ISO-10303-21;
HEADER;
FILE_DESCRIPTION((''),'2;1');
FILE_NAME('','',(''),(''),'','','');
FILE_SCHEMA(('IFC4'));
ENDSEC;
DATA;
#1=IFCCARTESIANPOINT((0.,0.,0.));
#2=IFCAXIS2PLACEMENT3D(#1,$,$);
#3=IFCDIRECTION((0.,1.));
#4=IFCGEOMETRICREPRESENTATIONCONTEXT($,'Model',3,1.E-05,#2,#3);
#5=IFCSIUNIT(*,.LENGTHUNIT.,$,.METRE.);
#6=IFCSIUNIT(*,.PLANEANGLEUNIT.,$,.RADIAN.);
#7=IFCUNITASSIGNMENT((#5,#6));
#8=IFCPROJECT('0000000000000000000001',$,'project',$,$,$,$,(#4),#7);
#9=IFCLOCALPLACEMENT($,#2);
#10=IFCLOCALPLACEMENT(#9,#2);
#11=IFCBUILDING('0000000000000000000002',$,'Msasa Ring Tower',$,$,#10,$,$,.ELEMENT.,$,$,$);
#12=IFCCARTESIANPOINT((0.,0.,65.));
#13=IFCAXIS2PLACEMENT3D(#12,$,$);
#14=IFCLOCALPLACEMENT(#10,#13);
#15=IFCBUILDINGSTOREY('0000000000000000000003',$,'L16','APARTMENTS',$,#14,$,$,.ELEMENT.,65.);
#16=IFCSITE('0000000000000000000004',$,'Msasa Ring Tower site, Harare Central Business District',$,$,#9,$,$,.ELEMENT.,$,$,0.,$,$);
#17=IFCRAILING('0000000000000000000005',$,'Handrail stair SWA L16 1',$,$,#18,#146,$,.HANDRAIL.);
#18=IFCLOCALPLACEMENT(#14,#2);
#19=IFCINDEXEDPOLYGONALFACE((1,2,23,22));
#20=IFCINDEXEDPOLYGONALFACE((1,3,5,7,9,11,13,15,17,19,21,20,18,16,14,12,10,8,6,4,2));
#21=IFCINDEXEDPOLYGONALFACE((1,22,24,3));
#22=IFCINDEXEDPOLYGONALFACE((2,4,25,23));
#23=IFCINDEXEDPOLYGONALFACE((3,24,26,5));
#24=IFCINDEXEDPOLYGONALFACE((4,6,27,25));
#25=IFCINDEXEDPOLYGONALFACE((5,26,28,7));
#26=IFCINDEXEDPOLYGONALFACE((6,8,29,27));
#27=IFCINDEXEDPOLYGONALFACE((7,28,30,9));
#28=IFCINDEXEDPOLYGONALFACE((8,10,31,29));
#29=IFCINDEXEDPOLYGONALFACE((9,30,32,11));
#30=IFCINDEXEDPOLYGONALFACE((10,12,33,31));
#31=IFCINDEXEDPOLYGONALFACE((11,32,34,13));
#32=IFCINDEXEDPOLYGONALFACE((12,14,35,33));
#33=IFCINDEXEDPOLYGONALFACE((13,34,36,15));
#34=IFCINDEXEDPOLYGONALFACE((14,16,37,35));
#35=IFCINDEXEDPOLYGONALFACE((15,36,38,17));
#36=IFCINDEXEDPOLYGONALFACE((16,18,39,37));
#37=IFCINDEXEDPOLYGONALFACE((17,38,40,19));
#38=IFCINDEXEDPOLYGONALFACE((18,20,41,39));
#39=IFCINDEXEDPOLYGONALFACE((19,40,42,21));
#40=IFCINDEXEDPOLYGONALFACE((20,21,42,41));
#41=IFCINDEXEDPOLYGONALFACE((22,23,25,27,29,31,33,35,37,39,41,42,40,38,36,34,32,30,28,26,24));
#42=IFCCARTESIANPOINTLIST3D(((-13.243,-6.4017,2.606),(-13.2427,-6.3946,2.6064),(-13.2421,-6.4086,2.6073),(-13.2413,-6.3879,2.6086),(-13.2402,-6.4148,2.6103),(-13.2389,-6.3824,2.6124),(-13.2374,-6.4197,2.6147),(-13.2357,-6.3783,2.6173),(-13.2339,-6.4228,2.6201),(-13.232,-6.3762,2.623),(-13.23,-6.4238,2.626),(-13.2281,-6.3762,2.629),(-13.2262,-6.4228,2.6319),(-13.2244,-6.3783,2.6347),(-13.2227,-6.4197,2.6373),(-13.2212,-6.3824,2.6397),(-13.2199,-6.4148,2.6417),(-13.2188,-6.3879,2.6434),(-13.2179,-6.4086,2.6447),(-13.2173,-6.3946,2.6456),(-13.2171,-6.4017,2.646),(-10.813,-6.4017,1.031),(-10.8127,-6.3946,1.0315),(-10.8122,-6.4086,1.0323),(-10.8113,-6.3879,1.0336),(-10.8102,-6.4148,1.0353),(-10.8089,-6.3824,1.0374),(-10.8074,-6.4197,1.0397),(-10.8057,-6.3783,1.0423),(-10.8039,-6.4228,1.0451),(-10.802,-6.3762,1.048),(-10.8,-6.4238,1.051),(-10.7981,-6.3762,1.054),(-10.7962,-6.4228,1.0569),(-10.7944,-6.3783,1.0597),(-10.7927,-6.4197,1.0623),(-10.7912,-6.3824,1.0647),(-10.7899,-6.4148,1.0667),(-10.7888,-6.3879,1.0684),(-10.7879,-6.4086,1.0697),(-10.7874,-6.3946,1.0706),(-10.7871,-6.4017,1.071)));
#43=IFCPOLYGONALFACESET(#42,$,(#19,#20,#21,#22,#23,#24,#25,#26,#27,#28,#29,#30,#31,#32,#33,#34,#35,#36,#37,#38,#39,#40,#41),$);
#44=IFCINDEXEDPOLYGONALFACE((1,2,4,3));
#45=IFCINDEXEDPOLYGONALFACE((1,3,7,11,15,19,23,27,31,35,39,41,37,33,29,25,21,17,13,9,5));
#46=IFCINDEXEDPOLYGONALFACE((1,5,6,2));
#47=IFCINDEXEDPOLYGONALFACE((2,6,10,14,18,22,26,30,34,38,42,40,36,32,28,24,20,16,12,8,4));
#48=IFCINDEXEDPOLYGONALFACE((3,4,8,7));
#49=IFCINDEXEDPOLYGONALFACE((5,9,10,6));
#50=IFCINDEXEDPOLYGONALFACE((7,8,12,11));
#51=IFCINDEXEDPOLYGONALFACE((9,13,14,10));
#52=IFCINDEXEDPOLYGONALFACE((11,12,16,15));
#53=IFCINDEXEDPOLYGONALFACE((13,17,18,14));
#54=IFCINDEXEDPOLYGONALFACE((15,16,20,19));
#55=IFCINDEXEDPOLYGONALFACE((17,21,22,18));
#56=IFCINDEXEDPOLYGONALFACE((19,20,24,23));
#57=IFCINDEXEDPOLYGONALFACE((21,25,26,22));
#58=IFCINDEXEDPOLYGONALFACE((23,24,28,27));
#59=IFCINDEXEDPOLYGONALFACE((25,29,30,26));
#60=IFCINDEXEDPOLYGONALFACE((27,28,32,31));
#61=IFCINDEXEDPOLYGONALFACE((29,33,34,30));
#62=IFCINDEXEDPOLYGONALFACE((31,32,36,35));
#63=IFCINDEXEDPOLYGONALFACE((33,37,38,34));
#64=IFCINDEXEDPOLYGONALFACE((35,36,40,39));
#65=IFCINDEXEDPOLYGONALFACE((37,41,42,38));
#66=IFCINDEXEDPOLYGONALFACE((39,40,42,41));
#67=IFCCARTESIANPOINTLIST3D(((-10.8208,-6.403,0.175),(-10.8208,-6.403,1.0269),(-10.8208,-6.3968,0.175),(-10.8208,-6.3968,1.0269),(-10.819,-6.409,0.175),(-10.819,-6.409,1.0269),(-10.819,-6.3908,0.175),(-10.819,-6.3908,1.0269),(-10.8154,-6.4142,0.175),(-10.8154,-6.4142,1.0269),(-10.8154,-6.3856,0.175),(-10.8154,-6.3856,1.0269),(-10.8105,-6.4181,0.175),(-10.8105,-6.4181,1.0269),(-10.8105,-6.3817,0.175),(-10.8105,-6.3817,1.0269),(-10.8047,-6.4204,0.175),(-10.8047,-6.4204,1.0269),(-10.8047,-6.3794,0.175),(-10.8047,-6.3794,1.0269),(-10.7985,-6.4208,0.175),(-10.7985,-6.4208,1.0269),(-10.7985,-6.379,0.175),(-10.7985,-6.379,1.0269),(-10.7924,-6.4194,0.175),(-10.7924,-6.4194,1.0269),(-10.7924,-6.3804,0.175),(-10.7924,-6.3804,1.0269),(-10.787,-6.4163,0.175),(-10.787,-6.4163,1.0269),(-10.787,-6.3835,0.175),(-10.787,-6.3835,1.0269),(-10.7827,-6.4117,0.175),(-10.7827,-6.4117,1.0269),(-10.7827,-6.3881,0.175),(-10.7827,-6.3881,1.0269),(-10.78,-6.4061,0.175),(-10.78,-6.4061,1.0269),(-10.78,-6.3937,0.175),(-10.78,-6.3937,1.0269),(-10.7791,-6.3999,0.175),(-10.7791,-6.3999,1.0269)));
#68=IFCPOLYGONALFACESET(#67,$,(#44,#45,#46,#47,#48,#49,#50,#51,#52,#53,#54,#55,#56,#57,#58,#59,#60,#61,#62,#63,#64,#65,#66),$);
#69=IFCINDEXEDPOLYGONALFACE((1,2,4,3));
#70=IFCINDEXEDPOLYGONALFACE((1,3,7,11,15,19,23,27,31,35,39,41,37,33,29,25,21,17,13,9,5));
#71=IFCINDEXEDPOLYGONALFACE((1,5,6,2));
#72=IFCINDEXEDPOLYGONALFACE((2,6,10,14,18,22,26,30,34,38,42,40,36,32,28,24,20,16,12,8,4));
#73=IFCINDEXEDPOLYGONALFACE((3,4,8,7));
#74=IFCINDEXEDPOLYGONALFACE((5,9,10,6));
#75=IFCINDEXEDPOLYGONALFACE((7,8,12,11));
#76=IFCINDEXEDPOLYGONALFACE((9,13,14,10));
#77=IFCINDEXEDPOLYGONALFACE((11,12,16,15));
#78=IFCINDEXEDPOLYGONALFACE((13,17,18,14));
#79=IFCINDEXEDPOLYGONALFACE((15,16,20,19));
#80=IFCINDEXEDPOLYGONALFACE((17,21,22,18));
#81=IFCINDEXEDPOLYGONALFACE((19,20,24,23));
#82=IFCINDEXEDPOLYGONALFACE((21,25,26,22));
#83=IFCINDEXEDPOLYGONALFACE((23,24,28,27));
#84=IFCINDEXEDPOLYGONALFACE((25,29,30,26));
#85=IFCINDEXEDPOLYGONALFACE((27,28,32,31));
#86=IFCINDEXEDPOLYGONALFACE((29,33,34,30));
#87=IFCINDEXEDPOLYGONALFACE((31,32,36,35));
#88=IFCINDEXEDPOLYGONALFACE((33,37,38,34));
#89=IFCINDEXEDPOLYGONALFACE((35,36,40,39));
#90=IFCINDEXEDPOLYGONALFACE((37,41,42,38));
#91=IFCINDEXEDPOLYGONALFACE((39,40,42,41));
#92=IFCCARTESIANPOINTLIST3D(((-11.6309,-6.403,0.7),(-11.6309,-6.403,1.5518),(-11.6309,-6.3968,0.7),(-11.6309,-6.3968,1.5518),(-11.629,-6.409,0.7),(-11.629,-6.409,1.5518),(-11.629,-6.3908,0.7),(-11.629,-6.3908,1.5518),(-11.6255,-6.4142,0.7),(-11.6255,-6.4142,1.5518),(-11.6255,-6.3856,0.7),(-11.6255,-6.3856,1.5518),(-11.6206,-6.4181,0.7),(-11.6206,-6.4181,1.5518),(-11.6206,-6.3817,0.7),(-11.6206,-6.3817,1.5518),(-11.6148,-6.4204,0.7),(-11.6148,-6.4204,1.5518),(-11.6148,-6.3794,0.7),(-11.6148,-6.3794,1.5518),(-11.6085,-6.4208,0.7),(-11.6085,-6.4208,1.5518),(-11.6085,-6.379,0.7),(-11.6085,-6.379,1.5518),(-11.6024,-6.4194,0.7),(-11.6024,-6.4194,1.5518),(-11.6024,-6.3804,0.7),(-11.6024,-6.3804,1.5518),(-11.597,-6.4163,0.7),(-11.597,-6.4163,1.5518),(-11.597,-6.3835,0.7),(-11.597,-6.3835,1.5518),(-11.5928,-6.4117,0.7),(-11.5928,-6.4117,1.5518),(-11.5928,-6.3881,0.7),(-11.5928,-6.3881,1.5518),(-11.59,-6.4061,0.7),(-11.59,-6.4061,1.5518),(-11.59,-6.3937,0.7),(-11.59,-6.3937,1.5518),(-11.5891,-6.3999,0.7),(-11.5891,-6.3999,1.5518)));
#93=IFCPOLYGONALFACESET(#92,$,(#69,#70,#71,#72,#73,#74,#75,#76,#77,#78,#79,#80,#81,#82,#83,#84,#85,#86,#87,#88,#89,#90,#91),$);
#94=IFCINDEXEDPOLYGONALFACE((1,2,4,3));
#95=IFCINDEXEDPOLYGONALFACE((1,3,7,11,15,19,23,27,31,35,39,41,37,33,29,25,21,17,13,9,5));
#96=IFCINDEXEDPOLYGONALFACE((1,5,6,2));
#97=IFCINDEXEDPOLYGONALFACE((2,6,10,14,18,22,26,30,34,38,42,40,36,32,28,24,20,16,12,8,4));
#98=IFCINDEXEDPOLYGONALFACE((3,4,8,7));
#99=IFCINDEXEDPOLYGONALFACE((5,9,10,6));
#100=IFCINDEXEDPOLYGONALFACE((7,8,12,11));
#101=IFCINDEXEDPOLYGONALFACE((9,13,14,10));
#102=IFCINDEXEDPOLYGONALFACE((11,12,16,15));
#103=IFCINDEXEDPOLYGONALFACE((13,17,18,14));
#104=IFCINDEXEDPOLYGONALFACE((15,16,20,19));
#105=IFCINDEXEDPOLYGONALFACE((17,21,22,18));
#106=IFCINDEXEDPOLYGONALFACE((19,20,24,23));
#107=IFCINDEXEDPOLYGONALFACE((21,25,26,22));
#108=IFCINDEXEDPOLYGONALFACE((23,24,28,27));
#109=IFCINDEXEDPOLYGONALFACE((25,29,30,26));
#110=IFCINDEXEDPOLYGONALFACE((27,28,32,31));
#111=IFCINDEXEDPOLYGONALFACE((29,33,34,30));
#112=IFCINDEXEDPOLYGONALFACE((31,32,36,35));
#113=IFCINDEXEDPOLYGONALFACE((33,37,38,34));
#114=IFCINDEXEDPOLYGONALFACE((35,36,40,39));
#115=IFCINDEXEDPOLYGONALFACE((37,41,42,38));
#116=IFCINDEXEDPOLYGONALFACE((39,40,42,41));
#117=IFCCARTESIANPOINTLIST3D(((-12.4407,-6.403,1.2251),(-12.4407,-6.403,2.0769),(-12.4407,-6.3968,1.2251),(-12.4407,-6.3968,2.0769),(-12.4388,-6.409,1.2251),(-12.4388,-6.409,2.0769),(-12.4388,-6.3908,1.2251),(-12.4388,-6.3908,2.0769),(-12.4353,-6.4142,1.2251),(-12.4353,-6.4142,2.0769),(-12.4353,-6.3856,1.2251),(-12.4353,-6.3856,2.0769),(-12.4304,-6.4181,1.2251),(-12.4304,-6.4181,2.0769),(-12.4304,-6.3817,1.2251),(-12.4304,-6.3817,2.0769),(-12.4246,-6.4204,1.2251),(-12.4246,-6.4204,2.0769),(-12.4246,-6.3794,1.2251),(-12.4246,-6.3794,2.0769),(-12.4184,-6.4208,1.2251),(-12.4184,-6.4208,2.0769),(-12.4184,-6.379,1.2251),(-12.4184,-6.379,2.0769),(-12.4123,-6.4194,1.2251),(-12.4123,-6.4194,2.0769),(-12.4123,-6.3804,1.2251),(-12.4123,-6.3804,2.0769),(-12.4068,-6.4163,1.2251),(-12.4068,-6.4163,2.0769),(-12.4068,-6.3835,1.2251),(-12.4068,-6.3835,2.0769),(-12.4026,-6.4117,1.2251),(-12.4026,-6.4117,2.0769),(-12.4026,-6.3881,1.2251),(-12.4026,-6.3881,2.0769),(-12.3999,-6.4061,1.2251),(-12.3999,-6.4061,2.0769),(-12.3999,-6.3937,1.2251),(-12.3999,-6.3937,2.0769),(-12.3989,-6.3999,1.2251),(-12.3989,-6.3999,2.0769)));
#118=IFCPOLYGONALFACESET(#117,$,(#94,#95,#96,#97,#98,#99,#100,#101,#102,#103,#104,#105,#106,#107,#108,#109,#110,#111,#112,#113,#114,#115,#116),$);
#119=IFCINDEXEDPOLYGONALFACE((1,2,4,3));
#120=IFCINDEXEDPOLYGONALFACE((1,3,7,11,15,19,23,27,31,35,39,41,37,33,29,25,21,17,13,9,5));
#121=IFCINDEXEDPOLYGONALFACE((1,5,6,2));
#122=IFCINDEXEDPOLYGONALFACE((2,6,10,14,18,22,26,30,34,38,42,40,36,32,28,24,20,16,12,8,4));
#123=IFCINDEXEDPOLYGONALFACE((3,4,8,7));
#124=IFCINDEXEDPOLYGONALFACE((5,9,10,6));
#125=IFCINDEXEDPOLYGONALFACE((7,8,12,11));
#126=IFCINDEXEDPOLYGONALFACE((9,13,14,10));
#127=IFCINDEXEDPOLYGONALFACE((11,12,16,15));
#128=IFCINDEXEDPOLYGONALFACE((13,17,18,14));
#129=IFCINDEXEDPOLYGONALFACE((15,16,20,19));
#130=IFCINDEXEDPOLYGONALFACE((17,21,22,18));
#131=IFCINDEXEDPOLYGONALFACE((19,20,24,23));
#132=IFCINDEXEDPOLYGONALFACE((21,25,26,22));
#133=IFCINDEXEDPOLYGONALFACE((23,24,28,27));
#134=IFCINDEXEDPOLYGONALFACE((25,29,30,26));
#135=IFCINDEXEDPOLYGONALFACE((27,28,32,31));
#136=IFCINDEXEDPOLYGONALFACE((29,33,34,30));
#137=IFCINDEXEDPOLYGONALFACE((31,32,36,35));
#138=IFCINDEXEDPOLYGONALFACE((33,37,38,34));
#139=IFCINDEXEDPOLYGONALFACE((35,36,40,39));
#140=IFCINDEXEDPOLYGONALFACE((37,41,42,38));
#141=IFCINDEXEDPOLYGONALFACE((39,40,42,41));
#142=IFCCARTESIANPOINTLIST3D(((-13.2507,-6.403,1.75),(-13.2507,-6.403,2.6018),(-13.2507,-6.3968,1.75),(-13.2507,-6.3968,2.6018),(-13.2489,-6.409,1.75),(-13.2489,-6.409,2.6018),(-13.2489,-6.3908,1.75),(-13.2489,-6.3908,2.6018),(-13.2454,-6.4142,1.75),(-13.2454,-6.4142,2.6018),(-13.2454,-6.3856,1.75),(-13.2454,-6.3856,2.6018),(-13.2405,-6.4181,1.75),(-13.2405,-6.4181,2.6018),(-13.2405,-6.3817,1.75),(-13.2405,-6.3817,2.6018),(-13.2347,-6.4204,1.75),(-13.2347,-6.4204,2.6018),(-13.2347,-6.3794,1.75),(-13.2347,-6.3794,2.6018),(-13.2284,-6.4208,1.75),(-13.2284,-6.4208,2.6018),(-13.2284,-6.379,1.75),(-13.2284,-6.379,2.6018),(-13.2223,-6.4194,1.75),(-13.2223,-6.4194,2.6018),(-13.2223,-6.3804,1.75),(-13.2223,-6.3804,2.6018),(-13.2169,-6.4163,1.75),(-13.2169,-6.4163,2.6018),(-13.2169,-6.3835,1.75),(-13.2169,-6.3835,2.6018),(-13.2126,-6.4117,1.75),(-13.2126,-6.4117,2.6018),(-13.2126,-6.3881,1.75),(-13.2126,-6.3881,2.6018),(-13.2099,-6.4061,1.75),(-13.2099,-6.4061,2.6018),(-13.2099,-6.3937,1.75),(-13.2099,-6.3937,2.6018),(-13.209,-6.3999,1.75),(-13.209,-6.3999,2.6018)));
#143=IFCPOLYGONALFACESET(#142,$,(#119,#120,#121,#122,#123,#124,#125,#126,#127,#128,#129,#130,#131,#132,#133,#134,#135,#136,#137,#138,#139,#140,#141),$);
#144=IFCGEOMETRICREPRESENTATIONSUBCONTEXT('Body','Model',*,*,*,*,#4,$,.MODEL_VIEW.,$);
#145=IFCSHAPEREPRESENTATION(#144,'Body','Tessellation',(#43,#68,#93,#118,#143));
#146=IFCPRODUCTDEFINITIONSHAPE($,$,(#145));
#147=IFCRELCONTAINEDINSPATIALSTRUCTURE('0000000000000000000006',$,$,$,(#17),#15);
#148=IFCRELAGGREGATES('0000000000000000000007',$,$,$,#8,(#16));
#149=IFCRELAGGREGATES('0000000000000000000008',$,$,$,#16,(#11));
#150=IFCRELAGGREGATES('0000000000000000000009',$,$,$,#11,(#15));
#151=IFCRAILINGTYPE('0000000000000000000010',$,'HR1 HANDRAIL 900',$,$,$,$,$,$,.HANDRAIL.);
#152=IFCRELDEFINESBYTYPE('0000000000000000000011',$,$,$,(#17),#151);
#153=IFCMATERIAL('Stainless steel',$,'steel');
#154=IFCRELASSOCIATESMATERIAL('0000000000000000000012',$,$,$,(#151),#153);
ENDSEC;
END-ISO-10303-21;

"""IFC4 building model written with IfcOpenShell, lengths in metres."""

from ifc_helpers import new_model, si_unit, direction, frame, origin, origin_2d, place, context, subcontext, project, spatial, circle, extrude, material, type_object, element, save


model = new_model("IFC4")

# Units and contexts
model_context = context("Model", 3, precision=1e-05, world=origin(), true_north=direction((0.0, 1.0)))
body_context = subcontext(model_context, "Body", "Model", "MODEL_VIEW")
ifc_project = project(units=[si_unit("LENGTHUNIT", "METRE"), si_unit("PLANEANGLEUNIT", "RADIAN")], contexts=[model_context])

# Site, building, storey
site_placement = place(None, origin())
site = spatial("IfcSite", under=ifc_project, at=site_placement, Name="Msasa Ring Tower site, Harare Central Business District", CompositionType="ELEMENT", RefElevation=0.0)
building_placement = place(site_placement, origin())
building = spatial("IfcBuilding", under=site, at=building_placement, Name="Msasa Ring Tower", CompositionType="ELEMENT")
storey_placement = place(building_placement, frame((0.0, 0.0, 65.0)))
storey = spatial("IfcBuildingStorey", under=building, at=storey_placement, Name="L16", Description="APARTMENTS", CompositionType="ELEMENT", Elevation=65.0)

# Railing
ifc_material_1 = material(Name="Stainless steel", Category="steel")
railing_type = type_object("IfcRailingType", Name="HR1 HANDRAIL 900", PredefinedType="HANDRAIL", material=ifc_material_1)
for number, where, name in (
    (1, (-10.8, -6.3999, 0.175), "Handrail stair SWA L16 1"),
):
    element("IfcRailing", number, at=place(storey_placement, frame(where)), inside=storey, type_object=railing_type, Name=name, PredefinedType="HANDRAIL", context=body_context, shape_type="SweptSolid", body=[
        extrude(circle(Radius=0.0239, at=origin_2d()), frame((0.0, 0.0, 0.876), z_axis=(-0.839154, 0.0, 0.543894), x_axis=(0.0, -1.0, 0.0)), (0.0, 0.0, 1.0), 2.8958),
        extrude(circle(Radius=0.021, at=origin_2d()), origin(), (0.0, 0.0, 1.0), 0.8518),
        extrude(circle(Radius=0.021, at=origin_2d()), frame((-0.8101, 0.0, 0.5249)), (0.0, 0.0, 1.0), 0.8518),
        extrude(circle(Radius=0.021, at=origin_2d()), frame((-1.6199, 0.0, 1.05)), (0.0, 0.0, 1.0), 0.8518),
        extrude(circle(Radius=0.021, at=origin_2d()), frame((-2.4299, 0.0, 1.575)), (0.0, 0.0, 1.0), 0.8518),
    ])

save(model, "model.ifc")
